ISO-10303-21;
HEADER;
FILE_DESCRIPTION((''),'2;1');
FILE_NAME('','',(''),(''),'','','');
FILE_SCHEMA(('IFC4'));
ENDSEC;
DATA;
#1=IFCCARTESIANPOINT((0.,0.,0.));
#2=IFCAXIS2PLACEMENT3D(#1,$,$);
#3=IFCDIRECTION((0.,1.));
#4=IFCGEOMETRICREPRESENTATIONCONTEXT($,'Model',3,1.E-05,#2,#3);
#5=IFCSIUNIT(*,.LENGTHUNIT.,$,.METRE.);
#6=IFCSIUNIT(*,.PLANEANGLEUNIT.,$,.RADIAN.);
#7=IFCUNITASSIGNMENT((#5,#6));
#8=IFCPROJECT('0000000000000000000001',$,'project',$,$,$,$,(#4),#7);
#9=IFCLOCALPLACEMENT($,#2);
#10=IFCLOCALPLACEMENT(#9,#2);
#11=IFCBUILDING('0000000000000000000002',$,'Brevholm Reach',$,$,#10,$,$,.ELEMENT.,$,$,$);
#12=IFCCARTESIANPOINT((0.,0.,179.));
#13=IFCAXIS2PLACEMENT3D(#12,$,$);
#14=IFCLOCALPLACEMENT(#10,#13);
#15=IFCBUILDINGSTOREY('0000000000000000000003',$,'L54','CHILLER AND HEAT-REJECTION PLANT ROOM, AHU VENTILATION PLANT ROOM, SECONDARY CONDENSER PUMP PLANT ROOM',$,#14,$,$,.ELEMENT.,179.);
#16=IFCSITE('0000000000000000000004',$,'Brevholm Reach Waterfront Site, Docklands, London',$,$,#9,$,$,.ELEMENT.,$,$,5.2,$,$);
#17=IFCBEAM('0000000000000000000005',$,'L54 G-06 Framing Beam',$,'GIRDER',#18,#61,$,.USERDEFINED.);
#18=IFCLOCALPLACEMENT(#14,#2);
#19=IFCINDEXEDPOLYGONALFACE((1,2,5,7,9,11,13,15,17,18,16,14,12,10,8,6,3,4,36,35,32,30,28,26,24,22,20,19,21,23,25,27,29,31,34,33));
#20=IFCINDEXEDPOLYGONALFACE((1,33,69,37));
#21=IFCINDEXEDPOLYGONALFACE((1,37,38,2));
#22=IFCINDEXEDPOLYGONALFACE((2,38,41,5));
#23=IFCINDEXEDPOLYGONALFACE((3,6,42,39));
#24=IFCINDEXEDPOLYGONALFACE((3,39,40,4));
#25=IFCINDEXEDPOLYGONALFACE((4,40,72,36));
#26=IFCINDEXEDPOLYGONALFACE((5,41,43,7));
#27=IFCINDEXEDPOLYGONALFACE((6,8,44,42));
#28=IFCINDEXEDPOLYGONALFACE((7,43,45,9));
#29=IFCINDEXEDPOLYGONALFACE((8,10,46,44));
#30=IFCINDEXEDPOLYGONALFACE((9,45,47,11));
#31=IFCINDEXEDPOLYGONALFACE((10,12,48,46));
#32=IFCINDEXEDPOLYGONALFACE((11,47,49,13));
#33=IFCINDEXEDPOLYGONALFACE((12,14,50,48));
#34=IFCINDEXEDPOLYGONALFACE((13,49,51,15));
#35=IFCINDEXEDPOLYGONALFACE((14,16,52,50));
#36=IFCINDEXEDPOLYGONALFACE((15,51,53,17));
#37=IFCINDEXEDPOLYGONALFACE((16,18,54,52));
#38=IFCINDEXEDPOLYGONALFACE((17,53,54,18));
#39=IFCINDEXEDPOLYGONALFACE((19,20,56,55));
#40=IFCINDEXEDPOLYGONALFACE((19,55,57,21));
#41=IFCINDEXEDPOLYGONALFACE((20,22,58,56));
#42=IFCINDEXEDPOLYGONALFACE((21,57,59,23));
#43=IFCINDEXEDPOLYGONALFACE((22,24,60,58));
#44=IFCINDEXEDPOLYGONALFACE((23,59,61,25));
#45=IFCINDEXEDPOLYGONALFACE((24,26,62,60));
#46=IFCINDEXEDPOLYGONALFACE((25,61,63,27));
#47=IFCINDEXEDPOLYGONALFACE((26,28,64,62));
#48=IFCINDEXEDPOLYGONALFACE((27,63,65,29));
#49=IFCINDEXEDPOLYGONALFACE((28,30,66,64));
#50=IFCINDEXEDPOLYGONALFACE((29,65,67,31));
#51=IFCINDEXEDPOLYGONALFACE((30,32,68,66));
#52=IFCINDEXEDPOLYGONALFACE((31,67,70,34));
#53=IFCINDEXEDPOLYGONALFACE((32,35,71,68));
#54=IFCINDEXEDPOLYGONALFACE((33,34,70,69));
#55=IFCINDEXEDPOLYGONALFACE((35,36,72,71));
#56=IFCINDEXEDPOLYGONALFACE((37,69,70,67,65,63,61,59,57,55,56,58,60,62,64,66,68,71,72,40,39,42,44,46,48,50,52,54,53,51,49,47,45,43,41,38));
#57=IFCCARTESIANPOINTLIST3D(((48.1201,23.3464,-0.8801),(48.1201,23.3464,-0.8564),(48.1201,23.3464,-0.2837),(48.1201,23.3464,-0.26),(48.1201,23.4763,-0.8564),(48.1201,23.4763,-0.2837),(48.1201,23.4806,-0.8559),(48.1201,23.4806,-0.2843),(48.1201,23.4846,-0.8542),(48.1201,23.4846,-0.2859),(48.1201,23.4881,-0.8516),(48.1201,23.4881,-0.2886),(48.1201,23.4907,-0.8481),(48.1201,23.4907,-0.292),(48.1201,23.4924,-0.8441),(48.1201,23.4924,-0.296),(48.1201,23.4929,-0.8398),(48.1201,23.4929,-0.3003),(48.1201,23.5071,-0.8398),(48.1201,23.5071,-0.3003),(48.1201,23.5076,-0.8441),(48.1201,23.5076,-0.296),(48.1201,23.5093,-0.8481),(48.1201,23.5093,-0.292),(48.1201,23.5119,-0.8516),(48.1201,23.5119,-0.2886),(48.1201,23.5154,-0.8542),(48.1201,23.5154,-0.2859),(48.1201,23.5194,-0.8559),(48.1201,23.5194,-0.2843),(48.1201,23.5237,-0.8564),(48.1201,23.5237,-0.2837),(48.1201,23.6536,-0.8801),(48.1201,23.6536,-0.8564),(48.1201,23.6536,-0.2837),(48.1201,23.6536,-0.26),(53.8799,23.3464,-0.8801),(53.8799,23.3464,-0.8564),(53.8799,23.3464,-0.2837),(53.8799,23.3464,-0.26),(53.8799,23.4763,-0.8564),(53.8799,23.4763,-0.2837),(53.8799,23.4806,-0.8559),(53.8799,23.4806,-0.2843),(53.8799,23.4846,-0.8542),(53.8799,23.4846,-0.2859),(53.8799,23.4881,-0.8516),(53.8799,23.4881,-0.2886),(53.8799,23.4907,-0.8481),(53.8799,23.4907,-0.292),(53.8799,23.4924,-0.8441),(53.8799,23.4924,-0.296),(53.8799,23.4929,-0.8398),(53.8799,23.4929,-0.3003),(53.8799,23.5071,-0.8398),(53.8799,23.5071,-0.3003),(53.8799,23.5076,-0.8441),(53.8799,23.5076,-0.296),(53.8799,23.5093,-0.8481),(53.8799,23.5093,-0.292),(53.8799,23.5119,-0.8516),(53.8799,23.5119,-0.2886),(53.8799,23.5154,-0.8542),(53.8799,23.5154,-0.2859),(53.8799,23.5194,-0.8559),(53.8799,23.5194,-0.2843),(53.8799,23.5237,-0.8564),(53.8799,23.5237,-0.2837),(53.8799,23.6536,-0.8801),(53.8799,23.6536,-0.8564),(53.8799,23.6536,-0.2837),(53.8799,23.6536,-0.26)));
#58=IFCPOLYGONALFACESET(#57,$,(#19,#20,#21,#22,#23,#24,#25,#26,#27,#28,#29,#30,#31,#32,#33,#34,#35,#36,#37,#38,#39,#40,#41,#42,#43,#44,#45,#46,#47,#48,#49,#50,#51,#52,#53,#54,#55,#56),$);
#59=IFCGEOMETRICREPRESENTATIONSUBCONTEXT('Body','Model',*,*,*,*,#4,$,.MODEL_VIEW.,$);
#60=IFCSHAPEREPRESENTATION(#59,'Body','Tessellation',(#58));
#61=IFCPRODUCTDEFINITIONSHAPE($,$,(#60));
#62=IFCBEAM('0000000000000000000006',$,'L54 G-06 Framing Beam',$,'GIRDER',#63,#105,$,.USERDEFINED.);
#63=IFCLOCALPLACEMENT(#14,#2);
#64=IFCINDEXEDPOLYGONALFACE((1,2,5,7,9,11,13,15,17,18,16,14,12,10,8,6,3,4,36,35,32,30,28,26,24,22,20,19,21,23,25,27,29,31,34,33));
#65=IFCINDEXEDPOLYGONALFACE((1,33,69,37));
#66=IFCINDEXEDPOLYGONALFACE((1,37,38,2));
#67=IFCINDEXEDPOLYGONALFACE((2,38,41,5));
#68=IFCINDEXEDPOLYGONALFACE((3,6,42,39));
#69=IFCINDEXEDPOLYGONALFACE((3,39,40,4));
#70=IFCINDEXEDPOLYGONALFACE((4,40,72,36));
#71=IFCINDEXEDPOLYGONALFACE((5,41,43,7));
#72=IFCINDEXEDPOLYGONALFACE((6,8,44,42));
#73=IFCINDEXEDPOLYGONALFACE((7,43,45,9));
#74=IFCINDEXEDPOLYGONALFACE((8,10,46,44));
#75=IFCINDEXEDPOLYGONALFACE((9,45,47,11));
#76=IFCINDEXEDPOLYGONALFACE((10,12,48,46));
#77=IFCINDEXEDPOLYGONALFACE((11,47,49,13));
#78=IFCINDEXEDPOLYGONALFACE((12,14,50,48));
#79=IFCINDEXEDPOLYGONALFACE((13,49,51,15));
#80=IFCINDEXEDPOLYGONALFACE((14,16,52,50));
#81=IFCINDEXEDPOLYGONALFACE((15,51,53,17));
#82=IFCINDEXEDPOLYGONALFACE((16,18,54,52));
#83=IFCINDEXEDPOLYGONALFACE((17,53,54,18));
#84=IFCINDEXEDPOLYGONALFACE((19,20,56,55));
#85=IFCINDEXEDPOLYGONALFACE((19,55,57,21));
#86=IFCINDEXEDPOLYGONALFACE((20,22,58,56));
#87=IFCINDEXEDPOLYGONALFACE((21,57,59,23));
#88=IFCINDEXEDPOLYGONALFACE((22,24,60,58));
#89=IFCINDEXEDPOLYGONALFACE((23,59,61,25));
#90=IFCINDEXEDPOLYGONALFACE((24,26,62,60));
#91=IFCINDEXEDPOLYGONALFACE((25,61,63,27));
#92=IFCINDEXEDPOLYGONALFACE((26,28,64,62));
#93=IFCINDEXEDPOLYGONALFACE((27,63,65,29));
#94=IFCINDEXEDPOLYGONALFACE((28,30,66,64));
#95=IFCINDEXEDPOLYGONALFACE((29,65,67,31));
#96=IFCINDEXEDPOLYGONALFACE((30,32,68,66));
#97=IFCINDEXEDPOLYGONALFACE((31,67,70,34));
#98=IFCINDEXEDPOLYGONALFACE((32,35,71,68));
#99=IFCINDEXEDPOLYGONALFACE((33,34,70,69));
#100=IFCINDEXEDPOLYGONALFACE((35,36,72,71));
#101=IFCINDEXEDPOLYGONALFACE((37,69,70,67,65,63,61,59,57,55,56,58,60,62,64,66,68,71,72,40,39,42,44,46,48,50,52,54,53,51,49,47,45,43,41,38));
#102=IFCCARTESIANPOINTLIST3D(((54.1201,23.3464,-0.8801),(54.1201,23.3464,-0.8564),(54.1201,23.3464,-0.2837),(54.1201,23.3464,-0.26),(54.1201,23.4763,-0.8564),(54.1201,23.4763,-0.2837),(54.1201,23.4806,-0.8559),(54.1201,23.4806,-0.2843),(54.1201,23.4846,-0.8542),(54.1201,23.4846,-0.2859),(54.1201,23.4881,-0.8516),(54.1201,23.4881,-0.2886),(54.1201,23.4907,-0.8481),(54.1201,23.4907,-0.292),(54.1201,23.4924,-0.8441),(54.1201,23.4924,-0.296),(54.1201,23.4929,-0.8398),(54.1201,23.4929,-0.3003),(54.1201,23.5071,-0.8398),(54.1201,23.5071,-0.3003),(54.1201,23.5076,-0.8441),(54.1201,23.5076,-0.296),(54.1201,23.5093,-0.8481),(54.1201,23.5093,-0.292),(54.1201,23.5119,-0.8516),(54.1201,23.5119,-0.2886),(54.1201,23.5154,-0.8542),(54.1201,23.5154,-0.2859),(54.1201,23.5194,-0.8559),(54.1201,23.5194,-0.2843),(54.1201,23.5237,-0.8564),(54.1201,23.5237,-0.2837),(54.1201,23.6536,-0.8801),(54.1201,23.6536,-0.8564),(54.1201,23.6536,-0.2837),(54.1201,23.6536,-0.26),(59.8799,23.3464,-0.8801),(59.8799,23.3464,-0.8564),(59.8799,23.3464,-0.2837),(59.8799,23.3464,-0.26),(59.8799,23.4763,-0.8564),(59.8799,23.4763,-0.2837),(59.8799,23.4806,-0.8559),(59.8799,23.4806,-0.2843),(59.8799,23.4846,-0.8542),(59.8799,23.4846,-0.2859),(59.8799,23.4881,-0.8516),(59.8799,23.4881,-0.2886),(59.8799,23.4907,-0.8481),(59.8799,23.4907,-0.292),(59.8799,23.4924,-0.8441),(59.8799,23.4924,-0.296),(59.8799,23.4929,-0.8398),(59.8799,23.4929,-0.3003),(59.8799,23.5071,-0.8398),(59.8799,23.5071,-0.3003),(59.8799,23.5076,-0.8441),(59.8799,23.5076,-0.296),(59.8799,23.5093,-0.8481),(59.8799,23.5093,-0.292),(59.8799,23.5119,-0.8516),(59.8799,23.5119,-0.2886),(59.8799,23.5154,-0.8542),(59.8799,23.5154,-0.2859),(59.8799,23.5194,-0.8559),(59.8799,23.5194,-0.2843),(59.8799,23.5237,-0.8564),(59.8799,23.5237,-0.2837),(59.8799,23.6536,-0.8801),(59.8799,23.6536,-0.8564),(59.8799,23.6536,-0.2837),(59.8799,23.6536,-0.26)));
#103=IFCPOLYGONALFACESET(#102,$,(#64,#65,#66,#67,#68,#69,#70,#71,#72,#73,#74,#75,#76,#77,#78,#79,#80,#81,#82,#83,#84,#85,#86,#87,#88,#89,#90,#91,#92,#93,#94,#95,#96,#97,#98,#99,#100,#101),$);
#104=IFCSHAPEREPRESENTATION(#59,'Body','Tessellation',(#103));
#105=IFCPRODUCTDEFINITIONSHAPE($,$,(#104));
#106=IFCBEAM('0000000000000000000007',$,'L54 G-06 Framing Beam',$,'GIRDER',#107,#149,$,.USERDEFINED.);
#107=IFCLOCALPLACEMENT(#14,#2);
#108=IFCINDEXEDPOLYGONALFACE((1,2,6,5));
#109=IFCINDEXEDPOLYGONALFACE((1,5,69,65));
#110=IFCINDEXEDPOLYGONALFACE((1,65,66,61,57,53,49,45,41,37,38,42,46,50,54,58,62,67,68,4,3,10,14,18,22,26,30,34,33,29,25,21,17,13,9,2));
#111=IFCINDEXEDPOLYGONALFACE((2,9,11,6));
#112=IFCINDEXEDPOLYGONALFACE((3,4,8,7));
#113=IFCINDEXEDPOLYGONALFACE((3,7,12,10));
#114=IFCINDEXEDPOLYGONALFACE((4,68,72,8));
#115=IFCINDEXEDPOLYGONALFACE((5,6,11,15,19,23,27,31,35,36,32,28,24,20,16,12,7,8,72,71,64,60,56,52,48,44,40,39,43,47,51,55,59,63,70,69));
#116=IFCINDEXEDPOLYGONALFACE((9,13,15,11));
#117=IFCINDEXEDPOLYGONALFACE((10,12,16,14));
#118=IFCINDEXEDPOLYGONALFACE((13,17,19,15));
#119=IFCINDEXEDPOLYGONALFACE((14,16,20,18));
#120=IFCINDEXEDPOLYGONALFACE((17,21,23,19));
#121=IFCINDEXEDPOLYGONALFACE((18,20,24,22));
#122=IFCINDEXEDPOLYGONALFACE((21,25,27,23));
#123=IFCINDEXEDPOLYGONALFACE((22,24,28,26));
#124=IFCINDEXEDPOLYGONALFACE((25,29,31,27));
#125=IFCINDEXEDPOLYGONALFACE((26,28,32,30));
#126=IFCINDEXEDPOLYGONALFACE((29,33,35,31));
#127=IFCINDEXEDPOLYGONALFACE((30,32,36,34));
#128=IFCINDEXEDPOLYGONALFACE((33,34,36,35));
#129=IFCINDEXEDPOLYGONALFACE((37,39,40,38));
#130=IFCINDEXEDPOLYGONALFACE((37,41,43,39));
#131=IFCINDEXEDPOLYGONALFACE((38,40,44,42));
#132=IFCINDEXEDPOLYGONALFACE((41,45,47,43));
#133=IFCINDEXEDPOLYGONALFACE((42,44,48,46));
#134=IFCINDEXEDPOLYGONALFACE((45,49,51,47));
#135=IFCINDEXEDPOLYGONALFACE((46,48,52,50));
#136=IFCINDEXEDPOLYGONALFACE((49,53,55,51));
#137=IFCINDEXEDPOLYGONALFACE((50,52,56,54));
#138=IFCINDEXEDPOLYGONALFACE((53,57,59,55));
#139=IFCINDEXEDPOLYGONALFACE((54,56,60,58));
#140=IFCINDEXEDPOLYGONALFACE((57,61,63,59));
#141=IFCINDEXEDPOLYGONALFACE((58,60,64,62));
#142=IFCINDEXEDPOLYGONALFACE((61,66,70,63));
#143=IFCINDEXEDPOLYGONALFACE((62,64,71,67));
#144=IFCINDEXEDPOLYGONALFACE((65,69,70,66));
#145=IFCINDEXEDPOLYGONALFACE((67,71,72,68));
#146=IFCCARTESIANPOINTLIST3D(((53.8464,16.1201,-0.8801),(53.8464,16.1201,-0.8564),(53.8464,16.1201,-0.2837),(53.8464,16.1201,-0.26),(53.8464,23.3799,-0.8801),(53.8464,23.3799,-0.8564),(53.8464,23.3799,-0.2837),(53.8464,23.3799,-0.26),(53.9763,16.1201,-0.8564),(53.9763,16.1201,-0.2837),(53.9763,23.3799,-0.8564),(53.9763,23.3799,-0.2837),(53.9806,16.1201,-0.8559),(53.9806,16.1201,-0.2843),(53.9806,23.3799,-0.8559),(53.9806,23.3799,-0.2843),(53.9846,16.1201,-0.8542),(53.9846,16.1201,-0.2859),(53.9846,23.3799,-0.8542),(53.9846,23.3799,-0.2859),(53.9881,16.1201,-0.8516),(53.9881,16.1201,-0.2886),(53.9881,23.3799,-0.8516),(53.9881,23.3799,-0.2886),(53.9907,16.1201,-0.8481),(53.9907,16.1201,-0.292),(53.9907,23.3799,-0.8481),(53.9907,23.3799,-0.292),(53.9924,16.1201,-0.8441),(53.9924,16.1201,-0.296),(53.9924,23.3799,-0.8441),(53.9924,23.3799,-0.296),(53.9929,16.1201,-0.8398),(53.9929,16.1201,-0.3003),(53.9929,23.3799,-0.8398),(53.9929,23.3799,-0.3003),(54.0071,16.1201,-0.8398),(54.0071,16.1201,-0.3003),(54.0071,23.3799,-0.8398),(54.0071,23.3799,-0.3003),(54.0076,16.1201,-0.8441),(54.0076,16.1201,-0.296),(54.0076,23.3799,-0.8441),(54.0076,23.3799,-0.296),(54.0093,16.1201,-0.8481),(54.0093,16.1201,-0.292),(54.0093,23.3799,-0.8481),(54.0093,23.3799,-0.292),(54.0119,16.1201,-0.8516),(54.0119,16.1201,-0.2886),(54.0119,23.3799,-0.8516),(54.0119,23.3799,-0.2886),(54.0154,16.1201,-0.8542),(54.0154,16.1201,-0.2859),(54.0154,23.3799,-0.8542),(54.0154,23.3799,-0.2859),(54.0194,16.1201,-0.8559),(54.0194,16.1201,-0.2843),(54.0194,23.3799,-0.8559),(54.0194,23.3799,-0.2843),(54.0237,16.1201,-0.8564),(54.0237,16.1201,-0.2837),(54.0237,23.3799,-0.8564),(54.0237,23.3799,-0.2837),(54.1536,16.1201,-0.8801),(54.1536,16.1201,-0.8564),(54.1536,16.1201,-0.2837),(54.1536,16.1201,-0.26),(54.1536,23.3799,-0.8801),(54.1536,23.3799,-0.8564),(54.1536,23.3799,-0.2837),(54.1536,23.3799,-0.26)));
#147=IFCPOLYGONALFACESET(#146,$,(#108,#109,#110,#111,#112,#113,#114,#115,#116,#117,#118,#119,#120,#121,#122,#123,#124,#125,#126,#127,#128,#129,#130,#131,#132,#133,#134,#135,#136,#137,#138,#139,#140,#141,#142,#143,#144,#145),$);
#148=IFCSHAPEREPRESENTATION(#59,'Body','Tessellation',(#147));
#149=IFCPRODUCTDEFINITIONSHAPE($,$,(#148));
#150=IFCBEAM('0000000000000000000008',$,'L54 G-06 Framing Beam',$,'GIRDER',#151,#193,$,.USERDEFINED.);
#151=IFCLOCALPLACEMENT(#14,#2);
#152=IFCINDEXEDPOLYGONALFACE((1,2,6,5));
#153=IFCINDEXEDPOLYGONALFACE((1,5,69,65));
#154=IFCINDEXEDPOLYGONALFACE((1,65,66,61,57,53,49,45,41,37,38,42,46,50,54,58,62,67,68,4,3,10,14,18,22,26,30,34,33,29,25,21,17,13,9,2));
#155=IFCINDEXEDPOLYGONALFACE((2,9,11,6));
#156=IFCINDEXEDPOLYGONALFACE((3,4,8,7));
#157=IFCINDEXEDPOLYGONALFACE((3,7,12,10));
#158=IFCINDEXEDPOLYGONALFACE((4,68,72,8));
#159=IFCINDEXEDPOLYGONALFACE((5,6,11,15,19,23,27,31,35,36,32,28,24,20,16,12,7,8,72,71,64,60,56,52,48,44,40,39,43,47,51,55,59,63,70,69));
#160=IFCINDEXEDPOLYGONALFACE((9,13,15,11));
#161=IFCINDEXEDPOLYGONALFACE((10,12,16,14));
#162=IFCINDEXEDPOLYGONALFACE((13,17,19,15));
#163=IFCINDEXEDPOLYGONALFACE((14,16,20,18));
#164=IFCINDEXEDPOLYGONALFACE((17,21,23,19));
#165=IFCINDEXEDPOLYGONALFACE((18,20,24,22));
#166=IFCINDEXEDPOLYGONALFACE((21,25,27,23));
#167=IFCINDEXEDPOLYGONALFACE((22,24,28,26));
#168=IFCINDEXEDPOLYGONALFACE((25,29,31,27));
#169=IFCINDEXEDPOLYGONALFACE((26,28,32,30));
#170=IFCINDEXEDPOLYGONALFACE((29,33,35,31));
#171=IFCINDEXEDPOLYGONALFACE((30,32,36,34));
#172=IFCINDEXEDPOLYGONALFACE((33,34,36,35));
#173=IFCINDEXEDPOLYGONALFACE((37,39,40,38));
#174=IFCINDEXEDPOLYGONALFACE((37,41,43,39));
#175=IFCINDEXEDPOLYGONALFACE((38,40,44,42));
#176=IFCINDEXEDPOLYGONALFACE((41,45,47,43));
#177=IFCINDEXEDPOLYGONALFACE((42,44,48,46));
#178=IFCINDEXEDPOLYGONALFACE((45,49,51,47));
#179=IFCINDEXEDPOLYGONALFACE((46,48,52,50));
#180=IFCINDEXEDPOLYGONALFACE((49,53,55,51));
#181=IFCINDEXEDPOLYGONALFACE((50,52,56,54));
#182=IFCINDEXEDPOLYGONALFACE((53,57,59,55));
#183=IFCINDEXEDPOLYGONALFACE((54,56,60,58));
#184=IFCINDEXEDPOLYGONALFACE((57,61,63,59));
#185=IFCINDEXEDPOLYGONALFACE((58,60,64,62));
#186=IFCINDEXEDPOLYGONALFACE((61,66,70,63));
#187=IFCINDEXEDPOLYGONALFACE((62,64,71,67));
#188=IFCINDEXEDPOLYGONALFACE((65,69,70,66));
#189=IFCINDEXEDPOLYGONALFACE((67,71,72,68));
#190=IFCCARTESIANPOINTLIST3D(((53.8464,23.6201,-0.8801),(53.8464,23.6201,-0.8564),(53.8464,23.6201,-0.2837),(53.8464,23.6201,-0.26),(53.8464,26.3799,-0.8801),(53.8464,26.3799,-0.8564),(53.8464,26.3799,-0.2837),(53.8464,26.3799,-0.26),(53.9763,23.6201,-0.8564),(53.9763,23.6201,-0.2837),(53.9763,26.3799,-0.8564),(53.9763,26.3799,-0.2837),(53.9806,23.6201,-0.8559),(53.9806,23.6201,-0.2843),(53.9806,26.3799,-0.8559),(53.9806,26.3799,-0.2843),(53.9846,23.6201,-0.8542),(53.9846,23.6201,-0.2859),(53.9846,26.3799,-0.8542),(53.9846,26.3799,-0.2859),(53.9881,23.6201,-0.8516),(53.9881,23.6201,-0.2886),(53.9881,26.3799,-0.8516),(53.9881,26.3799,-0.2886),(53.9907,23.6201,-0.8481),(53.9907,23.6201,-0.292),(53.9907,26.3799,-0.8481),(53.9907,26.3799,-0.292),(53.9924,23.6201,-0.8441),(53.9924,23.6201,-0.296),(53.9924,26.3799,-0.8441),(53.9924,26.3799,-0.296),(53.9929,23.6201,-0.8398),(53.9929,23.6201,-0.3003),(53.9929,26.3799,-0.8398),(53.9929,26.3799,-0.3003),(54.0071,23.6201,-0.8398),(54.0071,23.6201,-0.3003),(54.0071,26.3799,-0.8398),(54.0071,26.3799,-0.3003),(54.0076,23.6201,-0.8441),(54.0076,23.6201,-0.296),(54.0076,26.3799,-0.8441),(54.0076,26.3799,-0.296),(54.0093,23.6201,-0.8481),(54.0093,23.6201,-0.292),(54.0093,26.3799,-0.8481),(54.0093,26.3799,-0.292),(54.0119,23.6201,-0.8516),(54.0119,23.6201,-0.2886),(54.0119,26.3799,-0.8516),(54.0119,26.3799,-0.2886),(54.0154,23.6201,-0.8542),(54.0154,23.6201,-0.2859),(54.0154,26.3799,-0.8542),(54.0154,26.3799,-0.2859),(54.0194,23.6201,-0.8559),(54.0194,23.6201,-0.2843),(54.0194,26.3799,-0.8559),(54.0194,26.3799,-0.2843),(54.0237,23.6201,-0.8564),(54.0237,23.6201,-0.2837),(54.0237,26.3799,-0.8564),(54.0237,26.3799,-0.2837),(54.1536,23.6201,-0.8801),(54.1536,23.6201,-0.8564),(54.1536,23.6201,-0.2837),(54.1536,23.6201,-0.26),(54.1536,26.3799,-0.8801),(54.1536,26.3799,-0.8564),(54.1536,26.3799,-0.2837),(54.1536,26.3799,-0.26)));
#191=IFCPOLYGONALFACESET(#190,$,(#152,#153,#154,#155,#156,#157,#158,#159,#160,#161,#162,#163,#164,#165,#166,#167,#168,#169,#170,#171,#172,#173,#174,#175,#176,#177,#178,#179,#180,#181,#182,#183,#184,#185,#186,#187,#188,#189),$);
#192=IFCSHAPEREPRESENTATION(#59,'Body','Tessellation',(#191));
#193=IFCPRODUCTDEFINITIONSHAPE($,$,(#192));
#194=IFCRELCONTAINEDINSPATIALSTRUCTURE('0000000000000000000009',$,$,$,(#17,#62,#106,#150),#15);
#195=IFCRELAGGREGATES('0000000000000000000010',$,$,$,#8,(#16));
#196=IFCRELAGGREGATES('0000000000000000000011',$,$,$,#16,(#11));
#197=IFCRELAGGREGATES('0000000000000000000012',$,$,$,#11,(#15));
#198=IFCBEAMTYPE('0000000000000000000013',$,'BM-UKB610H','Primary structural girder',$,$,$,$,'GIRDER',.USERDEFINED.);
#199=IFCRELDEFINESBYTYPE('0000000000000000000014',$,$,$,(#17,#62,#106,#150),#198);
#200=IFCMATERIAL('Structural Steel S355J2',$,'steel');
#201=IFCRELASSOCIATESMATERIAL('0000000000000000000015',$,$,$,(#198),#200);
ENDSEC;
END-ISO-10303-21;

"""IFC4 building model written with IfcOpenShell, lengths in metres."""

from ifc_helpers import new_model, si_unit, direction, frame, origin, origin_2d, place, context, subcontext, project, spatial, i_section, extrude, material, material_profile, profile_set, type_object, element, save


model = new_model("IFC4")

# Units and contexts
model_context = context("Model", 3, precision=1e-05, world=origin(), true_north=direction((0.0, 1.0)))
body_context = subcontext(model_context, "Body", "Model", "MODEL_VIEW")
ifc_project = project(units=[si_unit("LENGTHUNIT", "METRE"), si_unit("PLANEANGLEUNIT", "RADIAN")], contexts=[model_context])

# Site, building, storey
site_placement = place(None, origin())
site = spatial("IfcSite", under=ifc_project, at=site_placement, Name="Brevholm Reach Waterfront Site, Docklands, London", CompositionType="ELEMENT", RefElevation=5.2)
building_placement = place(site_placement, origin())
building = spatial("IfcBuilding", under=site, at=building_placement, Name="Brevholm Reach", CompositionType="ELEMENT")
storey_placement = place(building_placement, frame((0.0, 0.0, 179.0)))
storey = spatial("IfcBuildingStorey", under=building, at=storey_placement, Name="L54", Description="CHILLER AND HEAT-REJECTION PLANT ROOM, AHU VENTILATION PLANT ROOM, SECONDARY CONDENSER PUMP PLANT ROOM", CompositionType="ELEMENT", Elevation=179.0)

# Beams
ifc_material_1 = material(Name="Structural Steel S355J2", Category="steel")
ifc_material_profile_1 = material_profile(ifc_material_1, i_section(OverallWidth=0.3071, OverallDepth=0.6201, WebThickness=0.0142, FlangeThickness=0.0237, FilletRadius=0.0166, at=origin_2d()), Name="UKB 610x305x179")
ifc_profile_set_1 = profile_set([ifc_material_profile_1], Name="Structural Steel S355J2")
beam_type_1 = type_object("IfcBeamType", Name="BM-UKB610H", Description="Primary structural girder", ElementType="GIRDER", PredefinedType="USERDEFINED", material=ifc_profile_set_1)
for number, where, z_axis, x_axis, name in (
    (1, (48.1201, 23.5, -0.5701), (1.0, 0.0, 0.0), (0.0, 1.0, 0.0), "L54 G-06 Framing Beam"),
    (2, (54.1201, 23.5, -0.5701), (1.0, 0.0, 0.0), (0.0, 1.0, 0.0), "L54 G-06 Framing Beam"),
):
    element("IfcBeam", number, at=place(storey_placement, frame(where, z_axis=z_axis, x_axis=x_axis)), inside=storey, type_object=beam_type_1, Name=name, ObjectType="GIRDER", PredefinedType="USERDEFINED", context=body_context, shape_type="SweptSolid", body=[
        extrude(i_section(OverallWidth=0.3071, OverallDepth=0.6201, WebThickness=0.0142, FlangeThickness=0.0237, FilletRadius=0.0166, at=origin_2d()), origin(), (0.0, 0.0, 1.0), 5.7598),
    ])
beam_1_placement = place(storey_placement, frame((54.0, 16.1201, -0.5701), z_axis=(0.0, 1.0, 0.0), x_axis=(-1.0, 0.0, 0.0)))
element("IfcBeam", 3, at=beam_1_placement, inside=storey, type_object=beam_type_1, Name="L54 G-06 Framing Beam", ObjectType="GIRDER", PredefinedType="USERDEFINED", context=body_context, shape_type="SweptSolid", body=[
    extrude(i_section(OverallWidth=0.3071, OverallDepth=0.6201, WebThickness=0.0142, FlangeThickness=0.0237, FilletRadius=0.0166, at=origin_2d()), origin(), (0.0, 0.0, 1.0), 7.2598),
])
beam_2_placement = place(storey_placement, frame((54.0, 23.6201, -0.5701), z_axis=(0.0, 1.0, 0.0), x_axis=(-1.0, 0.0, 0.0)))
element("IfcBeam", 4, at=beam_2_placement, inside=storey, type_object=beam_type_1, Name="L54 G-06 Framing Beam", ObjectType="GIRDER", PredefinedType="USERDEFINED", context=body_context, shape_type="SweptSolid", body=[
    extrude(i_section(OverallWidth=0.3071, OverallDepth=0.6201, WebThickness=0.0142, FlangeThickness=0.0237, FilletRadius=0.0166, at=origin_2d()), origin(), (0.0, 0.0, 1.0), 2.7598),
])

save(model, "model.ifc")
